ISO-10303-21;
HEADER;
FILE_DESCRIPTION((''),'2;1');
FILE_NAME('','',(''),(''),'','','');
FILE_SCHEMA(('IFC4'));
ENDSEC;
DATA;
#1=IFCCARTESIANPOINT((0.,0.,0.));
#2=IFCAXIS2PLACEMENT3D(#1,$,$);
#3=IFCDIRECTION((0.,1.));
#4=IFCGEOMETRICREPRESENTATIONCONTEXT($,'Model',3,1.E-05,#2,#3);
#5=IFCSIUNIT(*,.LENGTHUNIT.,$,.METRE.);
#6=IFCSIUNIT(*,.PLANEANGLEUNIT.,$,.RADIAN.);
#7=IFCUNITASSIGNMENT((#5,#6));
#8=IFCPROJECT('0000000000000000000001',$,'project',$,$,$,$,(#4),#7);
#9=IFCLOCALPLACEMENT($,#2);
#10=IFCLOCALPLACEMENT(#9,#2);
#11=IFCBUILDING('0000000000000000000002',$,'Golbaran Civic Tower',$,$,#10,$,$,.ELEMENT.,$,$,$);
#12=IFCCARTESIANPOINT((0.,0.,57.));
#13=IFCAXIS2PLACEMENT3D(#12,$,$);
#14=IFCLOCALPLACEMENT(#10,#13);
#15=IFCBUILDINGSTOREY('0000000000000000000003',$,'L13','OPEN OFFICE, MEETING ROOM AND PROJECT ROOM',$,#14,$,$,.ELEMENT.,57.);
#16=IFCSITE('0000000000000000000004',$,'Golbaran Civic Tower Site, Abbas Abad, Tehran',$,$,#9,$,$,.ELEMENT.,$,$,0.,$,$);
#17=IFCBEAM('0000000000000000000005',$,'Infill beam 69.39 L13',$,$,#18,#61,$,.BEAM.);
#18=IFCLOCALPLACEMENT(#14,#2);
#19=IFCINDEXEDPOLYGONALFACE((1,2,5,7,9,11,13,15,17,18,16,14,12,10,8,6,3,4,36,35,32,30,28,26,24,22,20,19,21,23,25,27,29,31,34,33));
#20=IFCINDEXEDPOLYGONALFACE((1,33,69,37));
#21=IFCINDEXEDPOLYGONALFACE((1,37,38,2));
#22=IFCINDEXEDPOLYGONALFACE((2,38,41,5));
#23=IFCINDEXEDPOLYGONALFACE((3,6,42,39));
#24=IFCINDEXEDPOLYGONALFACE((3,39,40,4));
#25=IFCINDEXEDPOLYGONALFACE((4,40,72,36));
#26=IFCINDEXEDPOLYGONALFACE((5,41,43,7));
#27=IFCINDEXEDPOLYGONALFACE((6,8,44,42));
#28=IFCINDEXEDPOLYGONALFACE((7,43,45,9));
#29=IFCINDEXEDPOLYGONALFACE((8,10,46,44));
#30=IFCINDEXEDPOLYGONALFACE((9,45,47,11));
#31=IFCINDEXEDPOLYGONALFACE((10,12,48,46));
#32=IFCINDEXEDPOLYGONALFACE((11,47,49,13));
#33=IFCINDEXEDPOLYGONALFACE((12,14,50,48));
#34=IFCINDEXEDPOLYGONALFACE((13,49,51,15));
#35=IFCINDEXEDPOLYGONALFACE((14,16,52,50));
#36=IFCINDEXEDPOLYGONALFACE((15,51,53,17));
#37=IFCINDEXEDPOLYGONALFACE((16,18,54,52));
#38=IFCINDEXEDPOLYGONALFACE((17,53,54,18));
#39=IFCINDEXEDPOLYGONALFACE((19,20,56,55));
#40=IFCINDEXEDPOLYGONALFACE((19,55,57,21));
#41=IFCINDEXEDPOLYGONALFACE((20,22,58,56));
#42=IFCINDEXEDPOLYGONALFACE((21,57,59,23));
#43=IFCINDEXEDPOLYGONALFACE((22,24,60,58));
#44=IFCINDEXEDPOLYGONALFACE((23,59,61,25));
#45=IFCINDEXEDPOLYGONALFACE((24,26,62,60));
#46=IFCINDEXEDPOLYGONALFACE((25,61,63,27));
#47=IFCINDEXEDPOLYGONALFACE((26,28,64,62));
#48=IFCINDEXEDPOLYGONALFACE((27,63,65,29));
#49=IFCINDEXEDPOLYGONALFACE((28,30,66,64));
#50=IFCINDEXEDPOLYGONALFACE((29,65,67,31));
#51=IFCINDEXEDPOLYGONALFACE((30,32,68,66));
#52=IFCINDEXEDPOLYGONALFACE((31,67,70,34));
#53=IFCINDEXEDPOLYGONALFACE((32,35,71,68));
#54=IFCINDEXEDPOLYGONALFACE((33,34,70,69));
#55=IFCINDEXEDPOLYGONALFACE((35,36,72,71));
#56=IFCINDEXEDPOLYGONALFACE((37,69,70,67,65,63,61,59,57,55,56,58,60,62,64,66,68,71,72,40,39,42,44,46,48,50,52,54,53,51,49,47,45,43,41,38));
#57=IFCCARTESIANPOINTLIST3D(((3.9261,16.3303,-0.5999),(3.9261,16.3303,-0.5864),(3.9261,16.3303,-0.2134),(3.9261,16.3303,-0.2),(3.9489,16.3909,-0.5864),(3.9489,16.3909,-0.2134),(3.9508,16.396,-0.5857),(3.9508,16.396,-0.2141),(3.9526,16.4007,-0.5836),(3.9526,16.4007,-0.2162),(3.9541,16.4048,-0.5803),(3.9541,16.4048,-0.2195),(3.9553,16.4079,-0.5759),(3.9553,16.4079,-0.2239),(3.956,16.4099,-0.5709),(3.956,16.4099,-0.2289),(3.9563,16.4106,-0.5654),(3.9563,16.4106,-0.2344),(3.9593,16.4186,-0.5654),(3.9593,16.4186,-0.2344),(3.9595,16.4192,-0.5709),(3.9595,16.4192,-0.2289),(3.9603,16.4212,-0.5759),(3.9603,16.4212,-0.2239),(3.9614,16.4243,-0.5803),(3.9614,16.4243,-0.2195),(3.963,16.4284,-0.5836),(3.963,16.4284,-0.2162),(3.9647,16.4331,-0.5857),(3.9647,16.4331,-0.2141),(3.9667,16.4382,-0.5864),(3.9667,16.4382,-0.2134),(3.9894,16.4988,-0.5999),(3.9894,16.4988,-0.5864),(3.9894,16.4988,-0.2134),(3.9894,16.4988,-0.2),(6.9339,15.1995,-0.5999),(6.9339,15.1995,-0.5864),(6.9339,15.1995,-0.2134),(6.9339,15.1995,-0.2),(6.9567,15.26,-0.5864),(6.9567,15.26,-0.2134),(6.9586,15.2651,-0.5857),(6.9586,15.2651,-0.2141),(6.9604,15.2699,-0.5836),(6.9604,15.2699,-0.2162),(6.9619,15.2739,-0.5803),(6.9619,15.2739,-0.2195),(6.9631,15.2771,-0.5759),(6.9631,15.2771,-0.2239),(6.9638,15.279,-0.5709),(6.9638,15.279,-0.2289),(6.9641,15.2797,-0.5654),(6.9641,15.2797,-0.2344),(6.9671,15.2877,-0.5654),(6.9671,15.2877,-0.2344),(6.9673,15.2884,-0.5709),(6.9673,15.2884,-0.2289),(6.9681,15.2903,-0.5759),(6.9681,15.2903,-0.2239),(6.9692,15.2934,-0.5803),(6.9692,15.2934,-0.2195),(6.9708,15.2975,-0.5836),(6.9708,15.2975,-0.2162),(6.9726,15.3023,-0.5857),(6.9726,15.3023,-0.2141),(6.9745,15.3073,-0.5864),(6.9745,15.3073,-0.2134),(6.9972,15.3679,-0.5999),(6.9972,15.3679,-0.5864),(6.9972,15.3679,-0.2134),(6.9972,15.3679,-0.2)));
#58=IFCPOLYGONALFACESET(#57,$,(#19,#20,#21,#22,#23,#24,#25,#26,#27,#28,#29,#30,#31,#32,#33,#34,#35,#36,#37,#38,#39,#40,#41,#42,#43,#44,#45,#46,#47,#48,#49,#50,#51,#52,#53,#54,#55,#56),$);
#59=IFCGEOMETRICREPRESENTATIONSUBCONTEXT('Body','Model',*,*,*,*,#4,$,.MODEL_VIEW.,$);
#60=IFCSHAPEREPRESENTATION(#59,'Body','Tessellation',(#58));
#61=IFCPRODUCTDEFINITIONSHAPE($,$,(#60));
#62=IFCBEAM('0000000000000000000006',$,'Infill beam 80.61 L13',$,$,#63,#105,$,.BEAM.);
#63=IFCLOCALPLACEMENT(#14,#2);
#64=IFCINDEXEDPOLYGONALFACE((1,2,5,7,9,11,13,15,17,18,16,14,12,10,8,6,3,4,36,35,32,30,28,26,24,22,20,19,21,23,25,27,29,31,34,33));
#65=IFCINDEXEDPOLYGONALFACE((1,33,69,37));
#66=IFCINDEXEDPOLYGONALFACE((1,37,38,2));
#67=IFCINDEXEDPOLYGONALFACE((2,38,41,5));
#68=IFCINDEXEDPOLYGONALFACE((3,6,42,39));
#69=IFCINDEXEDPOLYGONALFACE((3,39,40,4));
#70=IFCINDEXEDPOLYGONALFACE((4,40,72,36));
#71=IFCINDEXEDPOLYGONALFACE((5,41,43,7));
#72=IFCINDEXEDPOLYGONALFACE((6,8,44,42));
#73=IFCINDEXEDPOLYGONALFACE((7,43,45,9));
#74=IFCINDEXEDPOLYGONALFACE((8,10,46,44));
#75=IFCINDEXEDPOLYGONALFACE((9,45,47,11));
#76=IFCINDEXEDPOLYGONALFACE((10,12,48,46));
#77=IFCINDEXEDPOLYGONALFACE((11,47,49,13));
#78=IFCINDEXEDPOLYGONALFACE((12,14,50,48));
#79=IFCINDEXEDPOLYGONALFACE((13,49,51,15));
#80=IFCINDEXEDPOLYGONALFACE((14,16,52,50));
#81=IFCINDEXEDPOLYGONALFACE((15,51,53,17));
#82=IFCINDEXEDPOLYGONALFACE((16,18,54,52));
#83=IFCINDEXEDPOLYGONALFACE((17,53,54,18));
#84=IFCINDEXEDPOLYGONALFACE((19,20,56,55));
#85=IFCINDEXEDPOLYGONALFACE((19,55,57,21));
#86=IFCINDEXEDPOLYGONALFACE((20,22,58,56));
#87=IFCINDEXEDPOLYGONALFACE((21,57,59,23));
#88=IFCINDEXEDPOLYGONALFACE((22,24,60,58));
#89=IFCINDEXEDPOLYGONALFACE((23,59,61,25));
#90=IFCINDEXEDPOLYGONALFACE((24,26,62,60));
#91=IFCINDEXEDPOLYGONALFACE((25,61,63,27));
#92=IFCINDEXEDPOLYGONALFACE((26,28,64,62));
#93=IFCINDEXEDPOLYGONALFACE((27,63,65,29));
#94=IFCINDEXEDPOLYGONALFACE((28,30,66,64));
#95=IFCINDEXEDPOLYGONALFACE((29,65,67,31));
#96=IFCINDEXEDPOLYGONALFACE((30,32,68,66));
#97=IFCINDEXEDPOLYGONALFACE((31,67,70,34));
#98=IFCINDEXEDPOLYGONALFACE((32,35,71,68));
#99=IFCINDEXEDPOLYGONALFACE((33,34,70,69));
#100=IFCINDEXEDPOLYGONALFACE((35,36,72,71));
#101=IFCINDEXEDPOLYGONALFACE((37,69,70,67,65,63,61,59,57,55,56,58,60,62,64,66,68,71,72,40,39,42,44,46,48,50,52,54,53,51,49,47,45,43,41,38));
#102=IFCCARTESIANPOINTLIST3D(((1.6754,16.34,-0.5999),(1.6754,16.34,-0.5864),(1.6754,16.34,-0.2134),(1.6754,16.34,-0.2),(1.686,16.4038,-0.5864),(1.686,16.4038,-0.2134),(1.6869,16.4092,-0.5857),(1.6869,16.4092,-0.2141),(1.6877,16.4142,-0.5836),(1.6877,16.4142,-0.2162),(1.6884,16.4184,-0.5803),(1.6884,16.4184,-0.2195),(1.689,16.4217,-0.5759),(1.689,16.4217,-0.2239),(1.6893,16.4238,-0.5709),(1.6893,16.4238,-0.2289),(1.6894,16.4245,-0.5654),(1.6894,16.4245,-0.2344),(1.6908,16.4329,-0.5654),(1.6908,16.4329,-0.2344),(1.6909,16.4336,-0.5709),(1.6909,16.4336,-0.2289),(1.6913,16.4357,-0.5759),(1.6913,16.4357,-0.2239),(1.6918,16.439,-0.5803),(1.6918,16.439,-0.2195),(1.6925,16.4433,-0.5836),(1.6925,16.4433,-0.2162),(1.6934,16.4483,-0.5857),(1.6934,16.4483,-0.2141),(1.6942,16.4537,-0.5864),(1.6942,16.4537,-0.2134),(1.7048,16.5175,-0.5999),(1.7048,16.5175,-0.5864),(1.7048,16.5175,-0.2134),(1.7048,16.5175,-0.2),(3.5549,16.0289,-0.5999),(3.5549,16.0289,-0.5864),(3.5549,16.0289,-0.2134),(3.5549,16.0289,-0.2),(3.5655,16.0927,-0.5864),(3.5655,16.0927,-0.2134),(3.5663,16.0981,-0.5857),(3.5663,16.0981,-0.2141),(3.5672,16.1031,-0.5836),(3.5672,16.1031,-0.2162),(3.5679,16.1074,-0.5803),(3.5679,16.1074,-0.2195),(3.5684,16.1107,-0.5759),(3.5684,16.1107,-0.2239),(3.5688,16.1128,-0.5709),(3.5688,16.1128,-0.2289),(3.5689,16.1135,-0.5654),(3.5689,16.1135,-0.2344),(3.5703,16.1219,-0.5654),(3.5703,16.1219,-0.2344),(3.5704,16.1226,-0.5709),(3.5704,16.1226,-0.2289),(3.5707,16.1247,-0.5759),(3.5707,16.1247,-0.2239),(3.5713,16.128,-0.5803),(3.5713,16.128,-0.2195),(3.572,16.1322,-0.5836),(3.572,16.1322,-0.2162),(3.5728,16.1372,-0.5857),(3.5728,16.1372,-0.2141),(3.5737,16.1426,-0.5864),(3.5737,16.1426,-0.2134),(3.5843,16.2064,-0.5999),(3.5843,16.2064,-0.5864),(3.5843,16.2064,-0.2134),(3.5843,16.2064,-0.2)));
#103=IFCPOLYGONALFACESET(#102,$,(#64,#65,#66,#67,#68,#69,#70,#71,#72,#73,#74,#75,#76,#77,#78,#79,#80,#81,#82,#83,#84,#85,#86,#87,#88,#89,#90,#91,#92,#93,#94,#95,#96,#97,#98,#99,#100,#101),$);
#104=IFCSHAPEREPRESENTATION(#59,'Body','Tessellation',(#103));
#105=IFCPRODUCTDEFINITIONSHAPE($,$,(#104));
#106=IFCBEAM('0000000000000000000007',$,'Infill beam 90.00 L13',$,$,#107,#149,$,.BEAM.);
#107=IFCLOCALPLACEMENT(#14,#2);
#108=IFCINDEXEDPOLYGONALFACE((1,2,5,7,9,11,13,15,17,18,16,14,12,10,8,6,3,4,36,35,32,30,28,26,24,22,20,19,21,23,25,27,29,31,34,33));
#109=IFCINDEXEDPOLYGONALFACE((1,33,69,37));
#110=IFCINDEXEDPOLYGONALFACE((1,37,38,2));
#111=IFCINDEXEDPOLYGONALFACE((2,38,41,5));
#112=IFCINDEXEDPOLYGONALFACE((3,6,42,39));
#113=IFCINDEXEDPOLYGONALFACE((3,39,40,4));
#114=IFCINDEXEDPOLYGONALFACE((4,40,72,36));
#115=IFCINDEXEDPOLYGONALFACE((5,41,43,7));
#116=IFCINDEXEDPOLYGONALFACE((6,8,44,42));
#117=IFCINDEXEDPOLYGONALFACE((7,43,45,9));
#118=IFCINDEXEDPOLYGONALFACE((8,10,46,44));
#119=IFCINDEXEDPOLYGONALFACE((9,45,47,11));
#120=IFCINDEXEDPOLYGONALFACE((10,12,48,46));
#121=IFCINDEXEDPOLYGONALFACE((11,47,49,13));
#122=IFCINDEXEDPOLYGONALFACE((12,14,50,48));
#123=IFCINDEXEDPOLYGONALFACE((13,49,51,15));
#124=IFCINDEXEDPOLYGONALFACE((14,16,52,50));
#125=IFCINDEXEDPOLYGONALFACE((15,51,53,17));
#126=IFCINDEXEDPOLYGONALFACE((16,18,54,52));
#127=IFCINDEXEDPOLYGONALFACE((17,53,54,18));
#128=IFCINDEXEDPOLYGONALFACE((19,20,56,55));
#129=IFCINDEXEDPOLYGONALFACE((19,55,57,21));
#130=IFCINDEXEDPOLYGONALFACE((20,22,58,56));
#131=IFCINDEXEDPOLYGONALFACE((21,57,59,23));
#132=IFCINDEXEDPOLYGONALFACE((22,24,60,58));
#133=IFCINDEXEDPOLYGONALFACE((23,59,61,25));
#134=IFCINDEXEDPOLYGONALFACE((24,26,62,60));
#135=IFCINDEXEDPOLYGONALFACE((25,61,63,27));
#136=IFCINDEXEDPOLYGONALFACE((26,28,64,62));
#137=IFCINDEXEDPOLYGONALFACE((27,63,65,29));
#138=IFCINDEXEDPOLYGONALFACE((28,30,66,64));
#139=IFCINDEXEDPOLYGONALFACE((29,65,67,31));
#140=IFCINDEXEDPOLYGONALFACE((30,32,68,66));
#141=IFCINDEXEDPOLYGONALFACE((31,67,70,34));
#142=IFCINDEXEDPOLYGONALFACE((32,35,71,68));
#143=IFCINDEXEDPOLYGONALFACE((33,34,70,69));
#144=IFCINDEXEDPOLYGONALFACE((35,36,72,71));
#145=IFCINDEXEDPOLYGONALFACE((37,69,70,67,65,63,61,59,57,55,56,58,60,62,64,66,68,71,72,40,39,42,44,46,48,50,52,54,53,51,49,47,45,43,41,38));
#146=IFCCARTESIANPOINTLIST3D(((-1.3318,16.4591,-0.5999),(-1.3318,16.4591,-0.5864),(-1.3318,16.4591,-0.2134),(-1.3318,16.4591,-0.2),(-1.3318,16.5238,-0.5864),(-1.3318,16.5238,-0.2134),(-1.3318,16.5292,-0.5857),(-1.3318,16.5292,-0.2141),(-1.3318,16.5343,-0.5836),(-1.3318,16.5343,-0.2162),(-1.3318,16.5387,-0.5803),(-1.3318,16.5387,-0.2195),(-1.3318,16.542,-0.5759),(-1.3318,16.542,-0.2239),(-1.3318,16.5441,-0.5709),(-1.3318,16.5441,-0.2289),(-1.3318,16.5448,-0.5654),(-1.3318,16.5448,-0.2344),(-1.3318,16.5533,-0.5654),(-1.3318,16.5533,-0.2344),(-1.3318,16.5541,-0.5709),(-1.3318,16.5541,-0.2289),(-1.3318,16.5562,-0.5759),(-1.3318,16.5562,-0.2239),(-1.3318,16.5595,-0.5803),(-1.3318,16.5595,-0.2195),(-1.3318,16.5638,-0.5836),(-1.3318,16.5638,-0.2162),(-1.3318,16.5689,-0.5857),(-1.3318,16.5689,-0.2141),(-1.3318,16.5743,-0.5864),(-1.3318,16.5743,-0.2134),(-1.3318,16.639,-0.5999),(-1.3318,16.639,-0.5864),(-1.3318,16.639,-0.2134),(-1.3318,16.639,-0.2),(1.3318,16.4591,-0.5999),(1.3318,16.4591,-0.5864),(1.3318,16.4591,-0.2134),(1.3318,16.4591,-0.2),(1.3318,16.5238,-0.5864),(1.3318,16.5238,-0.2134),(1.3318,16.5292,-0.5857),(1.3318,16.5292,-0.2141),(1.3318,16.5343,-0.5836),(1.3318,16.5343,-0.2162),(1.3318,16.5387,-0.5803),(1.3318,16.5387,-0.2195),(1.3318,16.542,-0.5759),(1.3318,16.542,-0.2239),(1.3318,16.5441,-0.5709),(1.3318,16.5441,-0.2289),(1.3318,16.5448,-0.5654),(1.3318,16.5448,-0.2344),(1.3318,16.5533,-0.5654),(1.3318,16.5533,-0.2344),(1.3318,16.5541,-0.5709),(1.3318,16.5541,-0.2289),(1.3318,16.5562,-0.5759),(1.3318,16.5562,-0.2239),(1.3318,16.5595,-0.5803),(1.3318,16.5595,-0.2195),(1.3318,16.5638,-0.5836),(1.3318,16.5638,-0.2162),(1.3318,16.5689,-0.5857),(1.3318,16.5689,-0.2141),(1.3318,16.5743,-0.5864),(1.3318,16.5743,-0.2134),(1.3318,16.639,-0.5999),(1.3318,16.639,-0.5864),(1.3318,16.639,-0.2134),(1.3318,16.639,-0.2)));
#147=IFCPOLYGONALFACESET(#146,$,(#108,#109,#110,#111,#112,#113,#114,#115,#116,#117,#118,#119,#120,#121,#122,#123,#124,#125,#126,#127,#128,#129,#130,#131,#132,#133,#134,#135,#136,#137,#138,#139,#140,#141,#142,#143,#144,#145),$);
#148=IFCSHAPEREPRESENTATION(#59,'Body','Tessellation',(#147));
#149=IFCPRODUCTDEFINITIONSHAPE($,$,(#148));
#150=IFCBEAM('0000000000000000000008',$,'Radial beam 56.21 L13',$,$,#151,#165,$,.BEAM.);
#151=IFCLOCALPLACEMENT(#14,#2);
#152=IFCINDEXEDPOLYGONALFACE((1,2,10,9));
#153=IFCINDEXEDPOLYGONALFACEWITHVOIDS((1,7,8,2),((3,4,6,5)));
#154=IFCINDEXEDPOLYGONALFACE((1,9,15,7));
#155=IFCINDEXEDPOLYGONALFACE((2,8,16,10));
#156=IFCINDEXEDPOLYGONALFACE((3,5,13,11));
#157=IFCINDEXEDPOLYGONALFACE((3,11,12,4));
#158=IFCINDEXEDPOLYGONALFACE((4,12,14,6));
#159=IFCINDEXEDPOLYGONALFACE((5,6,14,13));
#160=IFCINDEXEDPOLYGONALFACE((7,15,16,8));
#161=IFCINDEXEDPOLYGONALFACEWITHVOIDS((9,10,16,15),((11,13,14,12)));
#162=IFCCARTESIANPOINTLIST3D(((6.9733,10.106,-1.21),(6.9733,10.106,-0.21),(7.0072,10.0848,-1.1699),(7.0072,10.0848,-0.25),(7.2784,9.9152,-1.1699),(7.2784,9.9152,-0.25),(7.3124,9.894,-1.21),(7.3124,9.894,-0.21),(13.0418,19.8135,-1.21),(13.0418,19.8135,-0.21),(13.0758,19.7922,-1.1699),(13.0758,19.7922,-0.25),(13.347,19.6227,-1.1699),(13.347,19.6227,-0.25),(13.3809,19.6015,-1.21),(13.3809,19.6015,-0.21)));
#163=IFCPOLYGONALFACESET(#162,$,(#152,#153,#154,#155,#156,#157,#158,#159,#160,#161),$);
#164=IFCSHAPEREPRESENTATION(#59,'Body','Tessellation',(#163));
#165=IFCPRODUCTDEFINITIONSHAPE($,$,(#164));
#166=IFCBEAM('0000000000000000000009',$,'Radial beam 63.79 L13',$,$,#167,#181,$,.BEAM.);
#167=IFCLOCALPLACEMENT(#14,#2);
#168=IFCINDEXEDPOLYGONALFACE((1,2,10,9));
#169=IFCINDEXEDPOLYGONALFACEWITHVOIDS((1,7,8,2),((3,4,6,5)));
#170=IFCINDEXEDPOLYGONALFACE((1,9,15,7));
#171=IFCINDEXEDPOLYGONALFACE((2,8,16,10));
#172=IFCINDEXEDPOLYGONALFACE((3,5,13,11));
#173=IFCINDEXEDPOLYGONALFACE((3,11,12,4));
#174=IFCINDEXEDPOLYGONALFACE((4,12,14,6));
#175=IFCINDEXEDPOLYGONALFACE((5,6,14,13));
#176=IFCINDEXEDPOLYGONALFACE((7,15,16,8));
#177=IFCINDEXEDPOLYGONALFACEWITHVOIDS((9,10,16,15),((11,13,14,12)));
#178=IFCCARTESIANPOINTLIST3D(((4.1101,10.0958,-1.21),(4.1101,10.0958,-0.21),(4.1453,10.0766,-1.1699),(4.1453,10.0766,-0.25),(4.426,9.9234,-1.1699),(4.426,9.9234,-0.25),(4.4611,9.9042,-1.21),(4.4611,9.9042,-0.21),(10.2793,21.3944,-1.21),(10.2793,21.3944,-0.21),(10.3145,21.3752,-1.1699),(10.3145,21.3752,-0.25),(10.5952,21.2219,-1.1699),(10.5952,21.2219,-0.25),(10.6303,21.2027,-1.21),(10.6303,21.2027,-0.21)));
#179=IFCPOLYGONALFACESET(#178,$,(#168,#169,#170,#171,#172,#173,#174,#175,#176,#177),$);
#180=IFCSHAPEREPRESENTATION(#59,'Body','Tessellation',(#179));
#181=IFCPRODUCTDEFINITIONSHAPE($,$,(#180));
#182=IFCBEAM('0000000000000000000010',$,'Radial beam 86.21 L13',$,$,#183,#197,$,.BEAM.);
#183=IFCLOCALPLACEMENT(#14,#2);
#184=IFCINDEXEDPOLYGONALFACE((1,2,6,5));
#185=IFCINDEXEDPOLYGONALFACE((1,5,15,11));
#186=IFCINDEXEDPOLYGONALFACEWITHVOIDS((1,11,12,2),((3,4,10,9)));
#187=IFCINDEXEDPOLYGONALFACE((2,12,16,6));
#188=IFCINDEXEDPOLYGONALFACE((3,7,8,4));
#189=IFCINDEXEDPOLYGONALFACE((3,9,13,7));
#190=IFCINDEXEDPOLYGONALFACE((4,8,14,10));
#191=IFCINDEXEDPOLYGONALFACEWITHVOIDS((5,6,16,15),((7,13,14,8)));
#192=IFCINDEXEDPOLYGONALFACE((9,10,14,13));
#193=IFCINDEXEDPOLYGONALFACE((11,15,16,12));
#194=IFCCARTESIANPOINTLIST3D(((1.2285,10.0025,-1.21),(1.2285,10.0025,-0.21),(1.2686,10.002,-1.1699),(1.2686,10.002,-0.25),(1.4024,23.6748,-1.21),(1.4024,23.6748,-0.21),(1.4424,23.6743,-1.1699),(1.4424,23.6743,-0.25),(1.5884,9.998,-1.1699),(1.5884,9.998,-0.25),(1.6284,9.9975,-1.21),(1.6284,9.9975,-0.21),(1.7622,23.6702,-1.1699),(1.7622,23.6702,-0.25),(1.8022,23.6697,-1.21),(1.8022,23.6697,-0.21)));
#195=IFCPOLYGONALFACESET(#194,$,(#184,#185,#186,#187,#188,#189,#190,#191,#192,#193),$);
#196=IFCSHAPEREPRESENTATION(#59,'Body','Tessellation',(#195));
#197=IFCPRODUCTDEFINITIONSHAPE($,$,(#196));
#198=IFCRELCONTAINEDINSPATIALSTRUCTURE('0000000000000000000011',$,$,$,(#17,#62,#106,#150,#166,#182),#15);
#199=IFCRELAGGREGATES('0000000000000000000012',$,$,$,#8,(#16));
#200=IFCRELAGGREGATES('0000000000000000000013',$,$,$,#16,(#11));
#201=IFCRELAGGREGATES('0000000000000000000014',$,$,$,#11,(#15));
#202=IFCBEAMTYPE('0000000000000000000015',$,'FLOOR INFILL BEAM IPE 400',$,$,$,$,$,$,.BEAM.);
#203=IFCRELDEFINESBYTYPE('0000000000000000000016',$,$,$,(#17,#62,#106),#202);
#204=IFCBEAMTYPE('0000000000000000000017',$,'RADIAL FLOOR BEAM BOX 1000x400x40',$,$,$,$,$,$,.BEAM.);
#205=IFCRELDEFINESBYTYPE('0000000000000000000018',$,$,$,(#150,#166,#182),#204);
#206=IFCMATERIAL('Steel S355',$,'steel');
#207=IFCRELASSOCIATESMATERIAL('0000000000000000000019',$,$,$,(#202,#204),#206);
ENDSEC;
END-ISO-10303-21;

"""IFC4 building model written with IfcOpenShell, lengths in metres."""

from ifc_helpers import new_model, si_unit, direction, frame, origin, origin_2d, place, context, subcontext, project, spatial, hollow_rectangle, i_section, extrude, material, material_profile, profile_set, type_object, element, save


model = new_model("IFC4")

# Units and contexts
model_context = context("Model", 3, precision=1e-05, world=origin(), true_north=direction((0.0, 1.0)))
body_context = subcontext(model_context, "Body", "Model", "MODEL_VIEW")
ifc_project = project(units=[si_unit("LENGTHUNIT", "METRE"), si_unit("PLANEANGLEUNIT", "RADIAN")], contexts=[model_context])

# Site, building, storey
site_placement = place(None, origin())
site = spatial("IfcSite", under=ifc_project, at=site_placement, Name="Golbaran Civic Tower Site, Abbas Abad, Tehran", CompositionType="ELEMENT", RefElevation=0.0)
building_placement = place(site_placement, origin())
building = spatial("IfcBuilding", under=site, at=building_placement, Name="Golbaran Civic Tower", CompositionType="ELEMENT")
storey_placement = place(building_placement, frame((0.0, 0.0, 57.0)))
storey = spatial("IfcBuildingStorey", under=building, at=storey_placement, Name="L13", Description="OPEN OFFICE, MEETING ROOM AND PROJECT ROOM", CompositionType="ELEMENT", Elevation=57.0)

# Beams
ifc_material_1 = material(Name="Steel S355", Category="steel")
ifc_material_profile_1 = material_profile(ifc_material_1, i_section(OverallWidth=0.1799, OverallDepth=0.3999, WebThickness=0.0085, FlangeThickness=0.0134, FilletRadius=0.021, at=origin_2d()), Name="IPE 400")
ifc_profile_set_1 = profile_set([ifc_material_profile_1], Name="Steel S355")
beam_type_1 = type_object("IfcBeamType", Name="FLOOR INFILL BEAM IPE 400", PredefinedType="BEAM", material=ifc_profile_set_1)
beam_1_placement = place(storey_placement, frame((6.9656, 15.2837, -0.3999), z_axis=(-0.936029, 0.351923, 0.0), x_axis=(-0.351923, -0.936029, 0.0)))
element("IfcBeam", 1, at=beam_1_placement, inside=storey, type_object=beam_type_1, Name="Infill beam 69.39 L13", PredefinedType="BEAM", context=body_context, shape_type="SweptSolid", body=[
    extrude(i_section(OverallWidth=0.1799, OverallDepth=0.3999, WebThickness=0.0085, FlangeThickness=0.0134, FilletRadius=0.021, at=origin_2d()), origin(), (0.0, 0.0, 1.0), 3.2134),
])
beam_2_placement = place(storey_placement, frame((3.5696, 16.1177, -0.3999), z_axis=(-0.98658, 0.163277, 0.0), x_axis=(-0.163277, -0.98658, 0.0)))
element("IfcBeam", 2, at=beam_2_placement, inside=storey, type_object=beam_type_1, Name="Infill beam 80.61 L13", PredefinedType="BEAM", context=body_context, shape_type="SweptSolid", body=[
    extrude(i_section(OverallWidth=0.1799, OverallDepth=0.3999, WebThickness=0.0085, FlangeThickness=0.0134, FilletRadius=0.021, at=origin_2d()), origin(), (0.0, 0.0, 1.0), 1.905),
])
beam_3_placement = place(storey_placement, frame((1.3318, 16.5491, -0.3999), z_axis=(-1.0, 0.0, 0.0), x_axis=(0.0, -1.0, 0.0)))
element("IfcBeam", 3, at=beam_3_placement, inside=storey, type_object=beam_type_1, Name="Infill beam 90.00 L13", PredefinedType="BEAM", context=body_context, shape_type="SweptSolid", body=[
    extrude(i_section(OverallWidth=0.1799, OverallDepth=0.3999, WebThickness=0.0085, FlangeThickness=0.0134, FilletRadius=0.021, at=origin_2d()), origin(), (0.0, 0.0, 1.0), 2.6636),
])
ifc_material_profile_2 = material_profile(ifc_material_1, hollow_rectangle(XDim=0.3999, YDim=1.0, WallThickness=0.04, at=origin_2d()), Name="BOX 1000x400x40")
ifc_profile_set_2 = profile_set([ifc_material_profile_2], Name="Steel S355")
beam_type_2 = type_object("IfcBeamType", Name="RADIAL FLOOR BEAM BOX 1000x400x40", PredefinedType="BEAM", material=ifc_profile_set_2)
beam_4_placement = place(storey_placement, frame((7.1428, 10.0, -0.71), z_axis=(0.530087, 0.847943, 0.0), x_axis=(-0.847943, 0.530087, 0.0)))
element("IfcBeam", 4, at=beam_4_placement, inside=storey, type_object=beam_type_2, Name="Radial beam 56.21 L13", PredefinedType="BEAM", context=body_context, shape_type="SweptSolid", body=[
    extrude(hollow_rectangle(XDim=0.3999, YDim=1.0, WallThickness=0.04, at=origin_2d()), origin(), (0.0, 0.0, 1.0), 11.4482),
])
beam_5_placement = place(storey_placement, frame((4.2856, 10.0, -0.71), z_axis=(0.479231, 0.877689, 0.0), x_axis=(-0.877689, 0.479231, 0.0)))
element("IfcBeam", 5, at=beam_5_placement, inside=storey, type_object=beam_type_2, Name="Radial beam 63.79 L13", PredefinedType="BEAM", context=body_context, shape_type="SweptSolid", body=[
    extrude(hollow_rectangle(XDim=0.3999, YDim=1.0, WallThickness=0.04, at=origin_2d()), origin(), (0.0, 0.0, 1.0), 12.873),
])
beam_6_placement = place(storey_placement, frame((1.4285, 10.0, -0.71), z_axis=(0.012713, 0.999919, 0.0), x_axis=(-0.999919, 0.012713, 0.0)))
element("IfcBeam", 6, at=beam_6_placement, inside=storey, type_object=beam_type_2, Name="Radial beam 86.21 L13", PredefinedType="BEAM", context=body_context, shape_type="SweptSolid", body=[
    extrude(hollow_rectangle(XDim=0.3999, YDim=1.0, WallThickness=0.04, at=origin_2d()), origin(), (0.0, 0.0, 1.0), 13.6733),
])

save(model, "model.ifc")
